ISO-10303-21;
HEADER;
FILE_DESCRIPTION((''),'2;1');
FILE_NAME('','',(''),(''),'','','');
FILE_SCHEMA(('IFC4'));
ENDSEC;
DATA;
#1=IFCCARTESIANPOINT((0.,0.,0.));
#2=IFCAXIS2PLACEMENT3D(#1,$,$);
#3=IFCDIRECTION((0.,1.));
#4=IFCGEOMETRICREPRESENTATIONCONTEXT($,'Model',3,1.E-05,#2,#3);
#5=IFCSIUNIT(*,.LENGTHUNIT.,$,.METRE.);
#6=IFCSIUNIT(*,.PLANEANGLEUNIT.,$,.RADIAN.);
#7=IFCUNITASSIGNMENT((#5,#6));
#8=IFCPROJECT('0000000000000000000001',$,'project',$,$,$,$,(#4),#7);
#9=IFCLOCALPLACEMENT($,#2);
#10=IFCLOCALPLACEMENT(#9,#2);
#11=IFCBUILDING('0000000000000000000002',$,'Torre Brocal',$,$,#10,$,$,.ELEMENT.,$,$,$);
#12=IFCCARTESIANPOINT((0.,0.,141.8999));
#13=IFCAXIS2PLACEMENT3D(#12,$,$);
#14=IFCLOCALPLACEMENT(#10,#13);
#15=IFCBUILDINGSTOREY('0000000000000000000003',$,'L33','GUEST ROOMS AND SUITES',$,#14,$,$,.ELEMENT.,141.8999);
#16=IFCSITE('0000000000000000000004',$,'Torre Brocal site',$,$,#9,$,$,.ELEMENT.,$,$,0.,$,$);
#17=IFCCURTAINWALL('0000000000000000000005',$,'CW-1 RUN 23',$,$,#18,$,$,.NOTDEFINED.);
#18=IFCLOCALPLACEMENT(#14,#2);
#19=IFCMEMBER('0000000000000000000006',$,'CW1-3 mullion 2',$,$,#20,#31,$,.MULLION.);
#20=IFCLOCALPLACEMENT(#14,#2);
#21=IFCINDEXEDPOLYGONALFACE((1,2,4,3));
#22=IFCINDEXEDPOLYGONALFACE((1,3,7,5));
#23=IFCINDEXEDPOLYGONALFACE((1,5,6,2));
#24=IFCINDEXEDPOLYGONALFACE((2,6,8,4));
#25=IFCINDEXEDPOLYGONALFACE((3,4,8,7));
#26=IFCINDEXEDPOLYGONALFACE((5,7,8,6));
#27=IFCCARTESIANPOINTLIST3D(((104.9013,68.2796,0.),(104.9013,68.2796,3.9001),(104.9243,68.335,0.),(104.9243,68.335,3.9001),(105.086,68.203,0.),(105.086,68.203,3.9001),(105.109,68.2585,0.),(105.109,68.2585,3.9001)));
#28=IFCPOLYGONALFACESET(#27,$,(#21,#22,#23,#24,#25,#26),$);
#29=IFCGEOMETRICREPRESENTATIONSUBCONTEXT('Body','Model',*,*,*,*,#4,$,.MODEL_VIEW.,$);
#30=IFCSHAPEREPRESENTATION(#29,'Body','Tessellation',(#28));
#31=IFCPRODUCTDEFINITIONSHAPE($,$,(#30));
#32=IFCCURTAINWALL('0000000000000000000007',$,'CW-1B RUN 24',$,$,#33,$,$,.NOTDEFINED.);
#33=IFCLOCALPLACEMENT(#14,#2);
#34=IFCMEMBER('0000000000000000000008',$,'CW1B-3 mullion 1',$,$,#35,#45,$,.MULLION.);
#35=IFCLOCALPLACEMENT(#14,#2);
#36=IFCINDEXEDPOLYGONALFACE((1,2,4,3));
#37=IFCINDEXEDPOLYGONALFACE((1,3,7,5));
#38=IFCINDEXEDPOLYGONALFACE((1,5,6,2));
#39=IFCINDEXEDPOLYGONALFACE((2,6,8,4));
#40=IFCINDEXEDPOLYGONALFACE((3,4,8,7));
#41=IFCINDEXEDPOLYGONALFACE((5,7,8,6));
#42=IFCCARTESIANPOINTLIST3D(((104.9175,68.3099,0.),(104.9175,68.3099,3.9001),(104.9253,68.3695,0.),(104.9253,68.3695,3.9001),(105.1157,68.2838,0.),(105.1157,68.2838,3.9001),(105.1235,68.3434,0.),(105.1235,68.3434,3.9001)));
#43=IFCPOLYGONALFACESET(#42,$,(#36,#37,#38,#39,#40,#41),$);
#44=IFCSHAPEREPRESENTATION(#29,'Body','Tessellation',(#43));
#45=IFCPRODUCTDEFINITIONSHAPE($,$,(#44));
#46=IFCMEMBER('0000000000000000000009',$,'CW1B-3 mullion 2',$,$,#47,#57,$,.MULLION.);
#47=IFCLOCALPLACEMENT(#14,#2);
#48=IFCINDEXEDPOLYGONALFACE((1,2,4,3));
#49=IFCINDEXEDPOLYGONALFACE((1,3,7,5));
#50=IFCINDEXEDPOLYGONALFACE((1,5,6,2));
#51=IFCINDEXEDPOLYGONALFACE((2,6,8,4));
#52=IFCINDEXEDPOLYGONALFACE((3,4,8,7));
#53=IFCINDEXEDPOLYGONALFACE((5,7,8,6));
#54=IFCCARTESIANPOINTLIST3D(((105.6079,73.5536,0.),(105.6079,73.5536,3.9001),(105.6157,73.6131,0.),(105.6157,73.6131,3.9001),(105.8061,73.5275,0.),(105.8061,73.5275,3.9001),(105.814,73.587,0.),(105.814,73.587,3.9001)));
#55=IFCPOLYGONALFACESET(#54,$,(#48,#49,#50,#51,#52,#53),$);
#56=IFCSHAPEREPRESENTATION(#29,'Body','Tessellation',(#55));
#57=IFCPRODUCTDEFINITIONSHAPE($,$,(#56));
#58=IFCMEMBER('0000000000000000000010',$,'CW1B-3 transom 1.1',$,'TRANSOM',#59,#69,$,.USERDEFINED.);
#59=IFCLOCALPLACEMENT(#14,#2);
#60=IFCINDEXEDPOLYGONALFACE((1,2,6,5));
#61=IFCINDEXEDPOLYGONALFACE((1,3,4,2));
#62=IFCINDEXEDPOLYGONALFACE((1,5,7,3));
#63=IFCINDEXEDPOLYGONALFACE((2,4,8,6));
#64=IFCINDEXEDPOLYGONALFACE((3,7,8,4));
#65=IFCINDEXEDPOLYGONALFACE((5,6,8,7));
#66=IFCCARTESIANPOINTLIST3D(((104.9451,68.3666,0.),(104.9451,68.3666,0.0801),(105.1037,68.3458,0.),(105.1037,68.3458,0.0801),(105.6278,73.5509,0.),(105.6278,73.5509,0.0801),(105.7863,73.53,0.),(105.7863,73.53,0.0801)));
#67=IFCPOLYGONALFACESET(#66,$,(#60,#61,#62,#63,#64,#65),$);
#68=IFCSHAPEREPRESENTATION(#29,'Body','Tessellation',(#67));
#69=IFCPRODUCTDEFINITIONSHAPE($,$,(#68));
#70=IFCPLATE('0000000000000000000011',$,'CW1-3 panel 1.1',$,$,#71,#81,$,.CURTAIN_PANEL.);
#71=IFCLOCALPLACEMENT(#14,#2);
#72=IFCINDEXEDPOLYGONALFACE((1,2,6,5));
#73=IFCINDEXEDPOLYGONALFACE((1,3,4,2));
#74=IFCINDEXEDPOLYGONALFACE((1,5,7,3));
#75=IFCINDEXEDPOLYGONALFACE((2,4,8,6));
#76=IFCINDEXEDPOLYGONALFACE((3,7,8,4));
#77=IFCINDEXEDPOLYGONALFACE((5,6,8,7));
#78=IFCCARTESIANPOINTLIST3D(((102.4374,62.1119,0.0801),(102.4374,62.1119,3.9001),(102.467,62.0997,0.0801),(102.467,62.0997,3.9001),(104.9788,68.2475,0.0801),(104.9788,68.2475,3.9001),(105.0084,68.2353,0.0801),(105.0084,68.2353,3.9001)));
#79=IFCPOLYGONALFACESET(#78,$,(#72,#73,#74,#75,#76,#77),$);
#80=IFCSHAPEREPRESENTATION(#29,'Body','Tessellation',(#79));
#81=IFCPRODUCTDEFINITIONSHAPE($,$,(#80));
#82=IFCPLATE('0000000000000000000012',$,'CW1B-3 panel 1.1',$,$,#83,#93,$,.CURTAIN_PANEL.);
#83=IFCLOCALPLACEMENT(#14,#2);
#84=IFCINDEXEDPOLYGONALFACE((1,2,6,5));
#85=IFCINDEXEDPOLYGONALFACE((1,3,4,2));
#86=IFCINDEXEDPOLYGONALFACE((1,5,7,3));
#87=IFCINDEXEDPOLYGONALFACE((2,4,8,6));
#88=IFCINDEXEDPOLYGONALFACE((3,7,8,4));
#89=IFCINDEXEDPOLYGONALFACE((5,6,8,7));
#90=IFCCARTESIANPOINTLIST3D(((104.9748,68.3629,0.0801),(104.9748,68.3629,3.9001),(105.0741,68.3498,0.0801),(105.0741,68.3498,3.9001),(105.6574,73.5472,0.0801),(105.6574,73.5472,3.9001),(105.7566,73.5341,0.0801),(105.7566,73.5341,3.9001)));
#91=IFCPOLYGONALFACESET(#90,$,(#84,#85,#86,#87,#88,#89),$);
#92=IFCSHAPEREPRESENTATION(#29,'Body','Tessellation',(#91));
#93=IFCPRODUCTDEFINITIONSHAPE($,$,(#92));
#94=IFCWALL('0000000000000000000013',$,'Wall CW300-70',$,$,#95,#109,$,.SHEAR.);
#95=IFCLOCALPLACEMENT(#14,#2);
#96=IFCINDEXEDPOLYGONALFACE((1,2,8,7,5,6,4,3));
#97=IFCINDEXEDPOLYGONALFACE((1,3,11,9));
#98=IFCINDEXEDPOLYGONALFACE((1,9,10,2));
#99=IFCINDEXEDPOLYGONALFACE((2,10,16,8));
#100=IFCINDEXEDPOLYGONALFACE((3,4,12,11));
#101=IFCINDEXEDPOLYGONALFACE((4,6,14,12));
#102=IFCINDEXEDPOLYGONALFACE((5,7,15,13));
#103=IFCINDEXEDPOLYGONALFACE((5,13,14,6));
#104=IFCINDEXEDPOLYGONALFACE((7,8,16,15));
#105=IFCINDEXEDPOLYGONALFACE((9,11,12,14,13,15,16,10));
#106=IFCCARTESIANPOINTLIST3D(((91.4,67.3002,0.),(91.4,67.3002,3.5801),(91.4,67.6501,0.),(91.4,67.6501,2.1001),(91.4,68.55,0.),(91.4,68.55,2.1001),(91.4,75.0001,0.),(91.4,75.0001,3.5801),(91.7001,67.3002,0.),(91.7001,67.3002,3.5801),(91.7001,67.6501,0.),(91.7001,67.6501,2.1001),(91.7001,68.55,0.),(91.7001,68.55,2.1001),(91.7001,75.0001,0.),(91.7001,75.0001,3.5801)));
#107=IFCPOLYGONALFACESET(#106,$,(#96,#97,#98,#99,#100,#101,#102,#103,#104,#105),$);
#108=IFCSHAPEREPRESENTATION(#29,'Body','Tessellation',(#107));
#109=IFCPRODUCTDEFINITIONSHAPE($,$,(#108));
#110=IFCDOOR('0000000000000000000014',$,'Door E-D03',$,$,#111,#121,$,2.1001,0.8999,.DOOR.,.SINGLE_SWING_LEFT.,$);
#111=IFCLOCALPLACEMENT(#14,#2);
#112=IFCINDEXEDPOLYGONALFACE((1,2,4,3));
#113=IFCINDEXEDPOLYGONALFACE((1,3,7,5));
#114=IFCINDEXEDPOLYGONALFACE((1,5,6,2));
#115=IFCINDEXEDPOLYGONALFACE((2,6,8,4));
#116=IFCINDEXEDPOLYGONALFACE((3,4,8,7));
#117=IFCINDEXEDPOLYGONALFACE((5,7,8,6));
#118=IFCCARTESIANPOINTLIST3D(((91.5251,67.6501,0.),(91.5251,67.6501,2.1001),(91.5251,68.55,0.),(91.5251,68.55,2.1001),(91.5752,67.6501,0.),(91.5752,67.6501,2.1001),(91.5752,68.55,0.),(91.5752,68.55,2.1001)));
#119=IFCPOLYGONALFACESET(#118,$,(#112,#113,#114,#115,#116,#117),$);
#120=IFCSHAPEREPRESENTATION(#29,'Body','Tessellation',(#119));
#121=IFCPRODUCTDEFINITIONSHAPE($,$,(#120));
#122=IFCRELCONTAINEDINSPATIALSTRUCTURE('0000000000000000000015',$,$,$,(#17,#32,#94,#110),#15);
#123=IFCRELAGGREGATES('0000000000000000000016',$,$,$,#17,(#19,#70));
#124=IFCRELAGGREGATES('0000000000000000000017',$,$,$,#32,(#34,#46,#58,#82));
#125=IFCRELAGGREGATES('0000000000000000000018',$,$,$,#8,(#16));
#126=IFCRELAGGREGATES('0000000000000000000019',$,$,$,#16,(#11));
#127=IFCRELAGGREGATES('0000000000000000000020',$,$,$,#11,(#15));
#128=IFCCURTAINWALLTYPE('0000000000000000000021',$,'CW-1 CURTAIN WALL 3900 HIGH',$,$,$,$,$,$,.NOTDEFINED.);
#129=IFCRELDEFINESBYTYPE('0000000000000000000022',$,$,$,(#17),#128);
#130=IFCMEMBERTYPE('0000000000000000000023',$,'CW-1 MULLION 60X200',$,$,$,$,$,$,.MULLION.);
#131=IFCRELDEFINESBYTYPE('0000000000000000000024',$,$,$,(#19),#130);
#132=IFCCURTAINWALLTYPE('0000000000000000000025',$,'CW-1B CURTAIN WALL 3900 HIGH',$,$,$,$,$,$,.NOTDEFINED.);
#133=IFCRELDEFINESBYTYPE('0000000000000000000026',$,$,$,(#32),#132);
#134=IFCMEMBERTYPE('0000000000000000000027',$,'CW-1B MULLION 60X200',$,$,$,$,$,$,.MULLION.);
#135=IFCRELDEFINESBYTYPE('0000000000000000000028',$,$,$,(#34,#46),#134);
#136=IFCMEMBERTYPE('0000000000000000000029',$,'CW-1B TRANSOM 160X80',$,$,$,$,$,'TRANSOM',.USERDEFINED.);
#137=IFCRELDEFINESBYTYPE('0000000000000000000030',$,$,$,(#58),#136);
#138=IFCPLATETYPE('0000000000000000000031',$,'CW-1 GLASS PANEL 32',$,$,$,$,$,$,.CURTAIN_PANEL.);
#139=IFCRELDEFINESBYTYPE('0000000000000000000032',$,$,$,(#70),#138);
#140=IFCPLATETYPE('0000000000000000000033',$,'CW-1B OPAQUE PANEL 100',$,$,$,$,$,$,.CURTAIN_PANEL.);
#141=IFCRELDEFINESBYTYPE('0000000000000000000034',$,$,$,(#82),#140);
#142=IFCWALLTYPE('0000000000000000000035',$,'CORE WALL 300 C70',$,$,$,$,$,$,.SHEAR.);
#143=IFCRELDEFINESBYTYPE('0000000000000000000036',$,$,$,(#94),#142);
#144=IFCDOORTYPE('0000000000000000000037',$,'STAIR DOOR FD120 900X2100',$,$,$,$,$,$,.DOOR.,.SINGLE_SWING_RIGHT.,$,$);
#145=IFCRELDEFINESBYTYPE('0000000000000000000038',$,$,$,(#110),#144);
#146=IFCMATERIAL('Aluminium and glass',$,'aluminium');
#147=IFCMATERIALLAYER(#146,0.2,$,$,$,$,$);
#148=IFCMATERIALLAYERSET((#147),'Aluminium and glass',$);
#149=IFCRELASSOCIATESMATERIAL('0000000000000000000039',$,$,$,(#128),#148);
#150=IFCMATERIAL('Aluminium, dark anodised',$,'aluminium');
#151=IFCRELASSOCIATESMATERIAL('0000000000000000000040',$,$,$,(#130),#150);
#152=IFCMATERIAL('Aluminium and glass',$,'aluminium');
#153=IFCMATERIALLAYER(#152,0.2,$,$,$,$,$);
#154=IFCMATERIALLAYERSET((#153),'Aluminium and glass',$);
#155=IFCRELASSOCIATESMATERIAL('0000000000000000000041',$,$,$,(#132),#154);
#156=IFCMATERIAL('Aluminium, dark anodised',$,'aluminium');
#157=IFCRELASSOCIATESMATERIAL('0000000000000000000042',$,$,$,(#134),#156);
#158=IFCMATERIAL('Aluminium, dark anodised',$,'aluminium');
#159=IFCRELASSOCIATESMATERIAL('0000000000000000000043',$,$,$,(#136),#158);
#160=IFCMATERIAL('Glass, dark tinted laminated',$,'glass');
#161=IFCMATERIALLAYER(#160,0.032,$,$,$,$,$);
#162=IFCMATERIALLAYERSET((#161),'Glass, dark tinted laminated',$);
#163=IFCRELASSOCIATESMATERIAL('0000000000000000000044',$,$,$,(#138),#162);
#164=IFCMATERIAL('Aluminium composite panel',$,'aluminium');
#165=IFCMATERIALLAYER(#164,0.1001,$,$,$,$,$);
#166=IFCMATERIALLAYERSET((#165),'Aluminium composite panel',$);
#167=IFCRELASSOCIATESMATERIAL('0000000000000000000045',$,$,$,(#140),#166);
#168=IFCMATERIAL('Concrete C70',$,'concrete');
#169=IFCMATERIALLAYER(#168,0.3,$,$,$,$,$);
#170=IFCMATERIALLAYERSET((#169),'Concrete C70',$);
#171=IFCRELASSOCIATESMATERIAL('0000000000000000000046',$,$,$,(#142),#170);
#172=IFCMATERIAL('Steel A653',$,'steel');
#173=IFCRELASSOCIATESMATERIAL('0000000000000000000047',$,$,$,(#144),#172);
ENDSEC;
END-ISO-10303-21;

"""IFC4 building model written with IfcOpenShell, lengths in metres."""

from ifc_helpers import new_model, si_unit, direction, frame, frame_2d, origin, origin_2d, place, context, subcontext, project, spatial, rectangle, extrude, material, layer, layer_set, material_profile, profile_set, type_object, element, fill, aggregate, save


model = new_model("IFC4")

# Units and contexts
model_context = context("Model", 3, precision=1e-05, world=origin(), true_north=direction((0.0, 1.0)))
body_context = subcontext(model_context, "Body", "Model", "MODEL_VIEW")
ifc_project = project(units=[si_unit("LENGTHUNIT", "METRE"), si_unit("PLANEANGLEUNIT", "RADIAN")], contexts=[model_context])

# Site, building, storey
site_placement = place(None, origin())
site = spatial("IfcSite", under=ifc_project, at=site_placement, Name="Torre Brocal site", CompositionType="ELEMENT", RefElevation=0.0)
building_placement = place(site_placement, origin())
building = spatial("IfcBuilding", under=site, at=building_placement, Name="Torre Brocal", CompositionType="ELEMENT")
storey_placement = place(building_placement, frame((0.0, 0.0, 141.8999)))
storey = spatial("IfcBuildingStorey", under=building, at=storey_placement, Name="L33", Description="GUEST ROOMS AND SUITES", CompositionType="ELEMENT", Elevation=141.8999)

# Curtain wall, member
ifc_material_1 = material(Name="Aluminium and glass", Category="aluminium")
ifc_layer_1 = layer(ifc_material_1, 0.2)
ifc_layer_set_1 = layer_set([ifc_layer_1], Name="Aluminium and glass")
curtain_wall_type_1 = type_object("IfcCurtainWallType", Name="CW-1 CURTAIN WALL 3900 HIGH", PredefinedType="NOTDEFINED", material=ifc_layer_set_1)
curtain_wall_1_placement = place(storey_placement, origin())
curtain_wall_1 = element("IfcCurtainWall", 1, at=curtain_wall_1_placement, inside=storey, type_object=curtain_wall_type_1, Name="CW-1 RUN 23", PredefinedType="NOTDEFINED")
ifc_material_2 = material(Name="Aluminium, dark anodised", Category="aluminium")
ifc_material_profile_1 = material_profile(ifc_material_2, rectangle(XDim=0.2, YDim=0.0601, at=origin_2d()), Name="CW-1 MULLION 60X200")
ifc_profile_set_1 = profile_set([ifc_material_profile_1], Name="Aluminium, dark anodised")
member_type_1 = type_object("IfcMemberType", Name="CW-1 MULLION 60X200", PredefinedType="MULLION", material=ifc_profile_set_1)
member_1_placement = place(storey_placement, frame((105.0051, 68.269, 0.0), z_axis=(0.0, 0.0, 1.0), x_axis=(-0.92388, 0.382683, 0.0)))
member_1 = element("IfcMember", 2, at=member_1_placement, type_object=member_type_1, Name="CW1-3 mullion 2", PredefinedType="MULLION", context=body_context, shape_type="SweptSolid", body=[
    extrude(rectangle(XDim=0.2, YDim=0.0601, at=origin_2d()), origin(), (0.0, 0.0, 1.0), 3.9001),
])

# Curtain wall, members
ifc_material_3 = material(Name="Aluminium and glass", Category="aluminium")
ifc_layer_2 = layer(ifc_material_3, 0.2)
ifc_layer_set_2 = layer_set([ifc_layer_2], Name="Aluminium and glass")
curtain_wall_type_2 = type_object("IfcCurtainWallType", Name="CW-1B CURTAIN WALL 3900 HIGH", PredefinedType="NOTDEFINED", material=ifc_layer_set_2)
curtain_wall_2_placement = place(storey_placement, origin())
curtain_wall_2 = element("IfcCurtainWall", 3, at=curtain_wall_2_placement, inside=storey, type_object=curtain_wall_type_2, Name="CW-1B RUN 24", PredefinedType="NOTDEFINED")
ifc_material_4 = material(Name="Aluminium, dark anodised", Category="aluminium")
ifc_material_profile_2 = material_profile(ifc_material_4, rectangle(XDim=0.2, YDim=0.0601, at=origin_2d()), Name="CW-1B MULLION 60X200")
ifc_profile_set_2 = profile_set([ifc_material_profile_2], Name="Aluminium, dark anodised")
member_type_2 = type_object("IfcMemberType", Name="CW-1B MULLION 60X200", PredefinedType="MULLION", material=ifc_profile_set_2)
member_2_placement = place(storey_placement, frame((105.0205, 68.3267, 0.0), z_axis=(0.0, 0.0, 1.0), x_axis=(-0.991445, 0.130526, 0.0)))
member_2 = element("IfcMember", 4, at=member_2_placement, type_object=member_type_2, Name="CW1B-3 mullion 1", PredefinedType="MULLION", context=body_context, shape_type="SweptSolid", body=[
    extrude(rectangle(XDim=0.2, YDim=0.0601, at=origin_2d()), origin(), (0.0, 0.0, 1.0), 3.9001),
])
member_3_placement = place(storey_placement, frame((105.7109, 73.5703, 0.0), z_axis=(0.0, 0.0, 1.0), x_axis=(-0.991445, 0.130526, 0.0)))
member_3 = element("IfcMember", 5, at=member_3_placement, type_object=member_type_2, Name="CW1B-3 mullion 2", PredefinedType="MULLION", context=body_context, shape_type="SweptSolid", body=[
    extrude(rectangle(XDim=0.2, YDim=0.0601, at=origin_2d()), origin(), (0.0, 0.0, 1.0), 3.9001),
])
ifc_material_5 = material(Name="Aluminium, dark anodised", Category="aluminium")
ifc_material_profile_3 = material_profile(ifc_material_5, rectangle(XDim=0.1599, YDim=0.0801, at=origin_2d()), Name="CW-1B TRANSOM 160X80")
ifc_profile_set_3 = profile_set([ifc_material_profile_3], Name="Aluminium, dark anodised")
member_type_3 = type_object("IfcMemberType", Name="CW-1B TRANSOM 160X80", ElementType="TRANSOM", PredefinedType="USERDEFINED", material=ifc_profile_set_3)
member_4_placement = place(storey_placement, frame((105.0244, 68.3562, 0.04), z_axis=(0.130543, 0.991443, 0.0), x_axis=(-0.991443, 0.130543, 0.0)))
member_4 = element("IfcMember", 6, at=member_4_placement, type_object=member_type_3, Name="CW1B-3 transom 1.1", ObjectType="TRANSOM", PredefinedType="USERDEFINED", context=body_context, shape_type="SweptSolid", body=[
    extrude(rectangle(XDim=0.1599, YDim=0.0801, at=origin_2d()), origin(), (0.0, 0.0, 1.0), 5.229),
])

# Plates
ifc_material_6 = material(Name="Glass, dark tinted laminated", Category="glass")
ifc_layer_3 = layer(ifc_material_6, 0.032)
ifc_layer_set_3 = layer_set([ifc_layer_3], Name="Glass, dark tinted laminated")
plate_type_1 = type_object("IfcPlateType", Name="CW-1 GLASS PANEL 32", PredefinedType="CURTAIN_PANEL", material=ifc_layer_set_3)
plate_1_placement = place(storey_placement, frame((103.7229, 65.1736, 0.0801), z_axis=(0.0, 0.0, 1.0), x_axis=(0.382683, 0.92388, 0.0)))
plate_1 = element("IfcPlate", 7, at=plate_1_placement, type_object=plate_type_1, Name="CW1-3 panel 1.1", PredefinedType="CURTAIN_PANEL", context=body_context, shape_type="SweptSolid", body=[
    extrude(rectangle(XDim=6.6411, YDim=0.032, at=origin_2d()), origin(), (0.0, 0.0, 1.0), 3.8201),
])
aggregate(curtain_wall_1, [member_1, plate_1])
ifc_material_7 = material(Name="Aluminium composite panel", Category="aluminium")
ifc_layer_4 = layer(ifc_material_7, 0.1001)
ifc_layer_set_4 = layer_set([ifc_layer_4], Name="Aluminium composite panel")
plate_type_2 = type_object("IfcPlateType", Name="CW-1B OPAQUE PANEL 100", PredefinedType="CURTAIN_PANEL", material=ifc_layer_set_4)
plate_2_placement = place(storey_placement, frame((105.3657, 70.9485, 0.0801), z_axis=(0.0, 0.0, 1.0), x_axis=(0.130526, 0.991445, 0.0)))
plate_2 = element("IfcPlate", 8, at=plate_2_placement, type_object=plate_type_2, Name="CW1B-3 panel 1.1", PredefinedType="CURTAIN_PANEL", context=body_context, shape_type="SweptSolid", body=[
    extrude(rectangle(XDim=5.229, YDim=0.1001, at=origin_2d()), origin(), (0.0, 0.0, 1.0), 3.8201),
])
aggregate(curtain_wall_2, [member_2, member_3, member_4, plate_2])

# Wall, opening, door
ifc_material_8 = material(Name="Concrete C70", Category="concrete")
ifc_layer_5 = layer(ifc_material_8, 0.3)
ifc_layer_set_5 = layer_set([ifc_layer_5], Name="Concrete C70")
wall_type_1 = type_object("IfcWallType", Name="CORE WALL 300 C70", PredefinedType="SHEAR", material=ifc_layer_set_5)
wall_1_placement = place(storey_placement, frame((91.55, 67.3, 0.0), z_axis=(0.0, 0.0, 1.0), x_axis=(0.0, 1.0, 0.0)))
wall_1 = element("IfcWall", 9, at=wall_1_placement, inside=storey, type_object=wall_type_1, Name="Wall CW300-70", PredefinedType="SHEAR", context=body_context, shape_type="SweptSolid", body=[
    extrude(rectangle(XDim=7.7, YDim=0.3, at=frame_2d((3.8501, 0.0))), origin(), (0.0, 0.0, 1.0), 3.5801),
])
opening_1_placement = place(wall_1_placement, frame((0.3501, 0.0, 0.0)))
opening_1 = element("IfcOpeningElement", 10, at=opening_1_placement, cuts=wall_1, PredefinedType="OPENING", context=body_context, shape_type="SweptSolid", body=[
    extrude(rectangle(XDim=0.8999, YDim=2.1001, at=frame_2d((0.45, 1.05))), frame((0.0, 0.1599, 0.0), z_axis=(0.0, -1.0, 0.0), x_axis=(1.0, 0.0, 0.0)), (0.0, 0.0, 1.0), 0.3201),
])
ifc_material_9 = material(Name="Steel A653", Category="steel")
door_type_1 = type_object("IfcDoorType", Name="STAIR DOOR FD120 900X2100", OperationType="SINGLE_SWING_RIGHT", PredefinedType="DOOR", material=ifc_material_9)
door_1_placement = place(opening_1_placement, origin())
door_1 = element("IfcDoor", 11, at=door_1_placement, inside=storey, type_object=door_type_1, Name="Door E-D03", OperationType="SINGLE_SWING_LEFT", OverallHeight=2.1001, OverallWidth=0.8999, PredefinedType="DOOR", context=body_context, shape_type="SweptSolid", body=[
    extrude(rectangle(XDim=0.8999, YDim=2.1001, at=frame_2d((0.45, 1.05))), frame((0.0, 0.0249, 0.0), z_axis=(0.0, -1.0, 0.0), x_axis=(1.0, 0.0, 0.0)), (0.0, 0.0, 1.0), 0.05),
])
fill(opening_1, door_1)

save(model, "model.ifc")
